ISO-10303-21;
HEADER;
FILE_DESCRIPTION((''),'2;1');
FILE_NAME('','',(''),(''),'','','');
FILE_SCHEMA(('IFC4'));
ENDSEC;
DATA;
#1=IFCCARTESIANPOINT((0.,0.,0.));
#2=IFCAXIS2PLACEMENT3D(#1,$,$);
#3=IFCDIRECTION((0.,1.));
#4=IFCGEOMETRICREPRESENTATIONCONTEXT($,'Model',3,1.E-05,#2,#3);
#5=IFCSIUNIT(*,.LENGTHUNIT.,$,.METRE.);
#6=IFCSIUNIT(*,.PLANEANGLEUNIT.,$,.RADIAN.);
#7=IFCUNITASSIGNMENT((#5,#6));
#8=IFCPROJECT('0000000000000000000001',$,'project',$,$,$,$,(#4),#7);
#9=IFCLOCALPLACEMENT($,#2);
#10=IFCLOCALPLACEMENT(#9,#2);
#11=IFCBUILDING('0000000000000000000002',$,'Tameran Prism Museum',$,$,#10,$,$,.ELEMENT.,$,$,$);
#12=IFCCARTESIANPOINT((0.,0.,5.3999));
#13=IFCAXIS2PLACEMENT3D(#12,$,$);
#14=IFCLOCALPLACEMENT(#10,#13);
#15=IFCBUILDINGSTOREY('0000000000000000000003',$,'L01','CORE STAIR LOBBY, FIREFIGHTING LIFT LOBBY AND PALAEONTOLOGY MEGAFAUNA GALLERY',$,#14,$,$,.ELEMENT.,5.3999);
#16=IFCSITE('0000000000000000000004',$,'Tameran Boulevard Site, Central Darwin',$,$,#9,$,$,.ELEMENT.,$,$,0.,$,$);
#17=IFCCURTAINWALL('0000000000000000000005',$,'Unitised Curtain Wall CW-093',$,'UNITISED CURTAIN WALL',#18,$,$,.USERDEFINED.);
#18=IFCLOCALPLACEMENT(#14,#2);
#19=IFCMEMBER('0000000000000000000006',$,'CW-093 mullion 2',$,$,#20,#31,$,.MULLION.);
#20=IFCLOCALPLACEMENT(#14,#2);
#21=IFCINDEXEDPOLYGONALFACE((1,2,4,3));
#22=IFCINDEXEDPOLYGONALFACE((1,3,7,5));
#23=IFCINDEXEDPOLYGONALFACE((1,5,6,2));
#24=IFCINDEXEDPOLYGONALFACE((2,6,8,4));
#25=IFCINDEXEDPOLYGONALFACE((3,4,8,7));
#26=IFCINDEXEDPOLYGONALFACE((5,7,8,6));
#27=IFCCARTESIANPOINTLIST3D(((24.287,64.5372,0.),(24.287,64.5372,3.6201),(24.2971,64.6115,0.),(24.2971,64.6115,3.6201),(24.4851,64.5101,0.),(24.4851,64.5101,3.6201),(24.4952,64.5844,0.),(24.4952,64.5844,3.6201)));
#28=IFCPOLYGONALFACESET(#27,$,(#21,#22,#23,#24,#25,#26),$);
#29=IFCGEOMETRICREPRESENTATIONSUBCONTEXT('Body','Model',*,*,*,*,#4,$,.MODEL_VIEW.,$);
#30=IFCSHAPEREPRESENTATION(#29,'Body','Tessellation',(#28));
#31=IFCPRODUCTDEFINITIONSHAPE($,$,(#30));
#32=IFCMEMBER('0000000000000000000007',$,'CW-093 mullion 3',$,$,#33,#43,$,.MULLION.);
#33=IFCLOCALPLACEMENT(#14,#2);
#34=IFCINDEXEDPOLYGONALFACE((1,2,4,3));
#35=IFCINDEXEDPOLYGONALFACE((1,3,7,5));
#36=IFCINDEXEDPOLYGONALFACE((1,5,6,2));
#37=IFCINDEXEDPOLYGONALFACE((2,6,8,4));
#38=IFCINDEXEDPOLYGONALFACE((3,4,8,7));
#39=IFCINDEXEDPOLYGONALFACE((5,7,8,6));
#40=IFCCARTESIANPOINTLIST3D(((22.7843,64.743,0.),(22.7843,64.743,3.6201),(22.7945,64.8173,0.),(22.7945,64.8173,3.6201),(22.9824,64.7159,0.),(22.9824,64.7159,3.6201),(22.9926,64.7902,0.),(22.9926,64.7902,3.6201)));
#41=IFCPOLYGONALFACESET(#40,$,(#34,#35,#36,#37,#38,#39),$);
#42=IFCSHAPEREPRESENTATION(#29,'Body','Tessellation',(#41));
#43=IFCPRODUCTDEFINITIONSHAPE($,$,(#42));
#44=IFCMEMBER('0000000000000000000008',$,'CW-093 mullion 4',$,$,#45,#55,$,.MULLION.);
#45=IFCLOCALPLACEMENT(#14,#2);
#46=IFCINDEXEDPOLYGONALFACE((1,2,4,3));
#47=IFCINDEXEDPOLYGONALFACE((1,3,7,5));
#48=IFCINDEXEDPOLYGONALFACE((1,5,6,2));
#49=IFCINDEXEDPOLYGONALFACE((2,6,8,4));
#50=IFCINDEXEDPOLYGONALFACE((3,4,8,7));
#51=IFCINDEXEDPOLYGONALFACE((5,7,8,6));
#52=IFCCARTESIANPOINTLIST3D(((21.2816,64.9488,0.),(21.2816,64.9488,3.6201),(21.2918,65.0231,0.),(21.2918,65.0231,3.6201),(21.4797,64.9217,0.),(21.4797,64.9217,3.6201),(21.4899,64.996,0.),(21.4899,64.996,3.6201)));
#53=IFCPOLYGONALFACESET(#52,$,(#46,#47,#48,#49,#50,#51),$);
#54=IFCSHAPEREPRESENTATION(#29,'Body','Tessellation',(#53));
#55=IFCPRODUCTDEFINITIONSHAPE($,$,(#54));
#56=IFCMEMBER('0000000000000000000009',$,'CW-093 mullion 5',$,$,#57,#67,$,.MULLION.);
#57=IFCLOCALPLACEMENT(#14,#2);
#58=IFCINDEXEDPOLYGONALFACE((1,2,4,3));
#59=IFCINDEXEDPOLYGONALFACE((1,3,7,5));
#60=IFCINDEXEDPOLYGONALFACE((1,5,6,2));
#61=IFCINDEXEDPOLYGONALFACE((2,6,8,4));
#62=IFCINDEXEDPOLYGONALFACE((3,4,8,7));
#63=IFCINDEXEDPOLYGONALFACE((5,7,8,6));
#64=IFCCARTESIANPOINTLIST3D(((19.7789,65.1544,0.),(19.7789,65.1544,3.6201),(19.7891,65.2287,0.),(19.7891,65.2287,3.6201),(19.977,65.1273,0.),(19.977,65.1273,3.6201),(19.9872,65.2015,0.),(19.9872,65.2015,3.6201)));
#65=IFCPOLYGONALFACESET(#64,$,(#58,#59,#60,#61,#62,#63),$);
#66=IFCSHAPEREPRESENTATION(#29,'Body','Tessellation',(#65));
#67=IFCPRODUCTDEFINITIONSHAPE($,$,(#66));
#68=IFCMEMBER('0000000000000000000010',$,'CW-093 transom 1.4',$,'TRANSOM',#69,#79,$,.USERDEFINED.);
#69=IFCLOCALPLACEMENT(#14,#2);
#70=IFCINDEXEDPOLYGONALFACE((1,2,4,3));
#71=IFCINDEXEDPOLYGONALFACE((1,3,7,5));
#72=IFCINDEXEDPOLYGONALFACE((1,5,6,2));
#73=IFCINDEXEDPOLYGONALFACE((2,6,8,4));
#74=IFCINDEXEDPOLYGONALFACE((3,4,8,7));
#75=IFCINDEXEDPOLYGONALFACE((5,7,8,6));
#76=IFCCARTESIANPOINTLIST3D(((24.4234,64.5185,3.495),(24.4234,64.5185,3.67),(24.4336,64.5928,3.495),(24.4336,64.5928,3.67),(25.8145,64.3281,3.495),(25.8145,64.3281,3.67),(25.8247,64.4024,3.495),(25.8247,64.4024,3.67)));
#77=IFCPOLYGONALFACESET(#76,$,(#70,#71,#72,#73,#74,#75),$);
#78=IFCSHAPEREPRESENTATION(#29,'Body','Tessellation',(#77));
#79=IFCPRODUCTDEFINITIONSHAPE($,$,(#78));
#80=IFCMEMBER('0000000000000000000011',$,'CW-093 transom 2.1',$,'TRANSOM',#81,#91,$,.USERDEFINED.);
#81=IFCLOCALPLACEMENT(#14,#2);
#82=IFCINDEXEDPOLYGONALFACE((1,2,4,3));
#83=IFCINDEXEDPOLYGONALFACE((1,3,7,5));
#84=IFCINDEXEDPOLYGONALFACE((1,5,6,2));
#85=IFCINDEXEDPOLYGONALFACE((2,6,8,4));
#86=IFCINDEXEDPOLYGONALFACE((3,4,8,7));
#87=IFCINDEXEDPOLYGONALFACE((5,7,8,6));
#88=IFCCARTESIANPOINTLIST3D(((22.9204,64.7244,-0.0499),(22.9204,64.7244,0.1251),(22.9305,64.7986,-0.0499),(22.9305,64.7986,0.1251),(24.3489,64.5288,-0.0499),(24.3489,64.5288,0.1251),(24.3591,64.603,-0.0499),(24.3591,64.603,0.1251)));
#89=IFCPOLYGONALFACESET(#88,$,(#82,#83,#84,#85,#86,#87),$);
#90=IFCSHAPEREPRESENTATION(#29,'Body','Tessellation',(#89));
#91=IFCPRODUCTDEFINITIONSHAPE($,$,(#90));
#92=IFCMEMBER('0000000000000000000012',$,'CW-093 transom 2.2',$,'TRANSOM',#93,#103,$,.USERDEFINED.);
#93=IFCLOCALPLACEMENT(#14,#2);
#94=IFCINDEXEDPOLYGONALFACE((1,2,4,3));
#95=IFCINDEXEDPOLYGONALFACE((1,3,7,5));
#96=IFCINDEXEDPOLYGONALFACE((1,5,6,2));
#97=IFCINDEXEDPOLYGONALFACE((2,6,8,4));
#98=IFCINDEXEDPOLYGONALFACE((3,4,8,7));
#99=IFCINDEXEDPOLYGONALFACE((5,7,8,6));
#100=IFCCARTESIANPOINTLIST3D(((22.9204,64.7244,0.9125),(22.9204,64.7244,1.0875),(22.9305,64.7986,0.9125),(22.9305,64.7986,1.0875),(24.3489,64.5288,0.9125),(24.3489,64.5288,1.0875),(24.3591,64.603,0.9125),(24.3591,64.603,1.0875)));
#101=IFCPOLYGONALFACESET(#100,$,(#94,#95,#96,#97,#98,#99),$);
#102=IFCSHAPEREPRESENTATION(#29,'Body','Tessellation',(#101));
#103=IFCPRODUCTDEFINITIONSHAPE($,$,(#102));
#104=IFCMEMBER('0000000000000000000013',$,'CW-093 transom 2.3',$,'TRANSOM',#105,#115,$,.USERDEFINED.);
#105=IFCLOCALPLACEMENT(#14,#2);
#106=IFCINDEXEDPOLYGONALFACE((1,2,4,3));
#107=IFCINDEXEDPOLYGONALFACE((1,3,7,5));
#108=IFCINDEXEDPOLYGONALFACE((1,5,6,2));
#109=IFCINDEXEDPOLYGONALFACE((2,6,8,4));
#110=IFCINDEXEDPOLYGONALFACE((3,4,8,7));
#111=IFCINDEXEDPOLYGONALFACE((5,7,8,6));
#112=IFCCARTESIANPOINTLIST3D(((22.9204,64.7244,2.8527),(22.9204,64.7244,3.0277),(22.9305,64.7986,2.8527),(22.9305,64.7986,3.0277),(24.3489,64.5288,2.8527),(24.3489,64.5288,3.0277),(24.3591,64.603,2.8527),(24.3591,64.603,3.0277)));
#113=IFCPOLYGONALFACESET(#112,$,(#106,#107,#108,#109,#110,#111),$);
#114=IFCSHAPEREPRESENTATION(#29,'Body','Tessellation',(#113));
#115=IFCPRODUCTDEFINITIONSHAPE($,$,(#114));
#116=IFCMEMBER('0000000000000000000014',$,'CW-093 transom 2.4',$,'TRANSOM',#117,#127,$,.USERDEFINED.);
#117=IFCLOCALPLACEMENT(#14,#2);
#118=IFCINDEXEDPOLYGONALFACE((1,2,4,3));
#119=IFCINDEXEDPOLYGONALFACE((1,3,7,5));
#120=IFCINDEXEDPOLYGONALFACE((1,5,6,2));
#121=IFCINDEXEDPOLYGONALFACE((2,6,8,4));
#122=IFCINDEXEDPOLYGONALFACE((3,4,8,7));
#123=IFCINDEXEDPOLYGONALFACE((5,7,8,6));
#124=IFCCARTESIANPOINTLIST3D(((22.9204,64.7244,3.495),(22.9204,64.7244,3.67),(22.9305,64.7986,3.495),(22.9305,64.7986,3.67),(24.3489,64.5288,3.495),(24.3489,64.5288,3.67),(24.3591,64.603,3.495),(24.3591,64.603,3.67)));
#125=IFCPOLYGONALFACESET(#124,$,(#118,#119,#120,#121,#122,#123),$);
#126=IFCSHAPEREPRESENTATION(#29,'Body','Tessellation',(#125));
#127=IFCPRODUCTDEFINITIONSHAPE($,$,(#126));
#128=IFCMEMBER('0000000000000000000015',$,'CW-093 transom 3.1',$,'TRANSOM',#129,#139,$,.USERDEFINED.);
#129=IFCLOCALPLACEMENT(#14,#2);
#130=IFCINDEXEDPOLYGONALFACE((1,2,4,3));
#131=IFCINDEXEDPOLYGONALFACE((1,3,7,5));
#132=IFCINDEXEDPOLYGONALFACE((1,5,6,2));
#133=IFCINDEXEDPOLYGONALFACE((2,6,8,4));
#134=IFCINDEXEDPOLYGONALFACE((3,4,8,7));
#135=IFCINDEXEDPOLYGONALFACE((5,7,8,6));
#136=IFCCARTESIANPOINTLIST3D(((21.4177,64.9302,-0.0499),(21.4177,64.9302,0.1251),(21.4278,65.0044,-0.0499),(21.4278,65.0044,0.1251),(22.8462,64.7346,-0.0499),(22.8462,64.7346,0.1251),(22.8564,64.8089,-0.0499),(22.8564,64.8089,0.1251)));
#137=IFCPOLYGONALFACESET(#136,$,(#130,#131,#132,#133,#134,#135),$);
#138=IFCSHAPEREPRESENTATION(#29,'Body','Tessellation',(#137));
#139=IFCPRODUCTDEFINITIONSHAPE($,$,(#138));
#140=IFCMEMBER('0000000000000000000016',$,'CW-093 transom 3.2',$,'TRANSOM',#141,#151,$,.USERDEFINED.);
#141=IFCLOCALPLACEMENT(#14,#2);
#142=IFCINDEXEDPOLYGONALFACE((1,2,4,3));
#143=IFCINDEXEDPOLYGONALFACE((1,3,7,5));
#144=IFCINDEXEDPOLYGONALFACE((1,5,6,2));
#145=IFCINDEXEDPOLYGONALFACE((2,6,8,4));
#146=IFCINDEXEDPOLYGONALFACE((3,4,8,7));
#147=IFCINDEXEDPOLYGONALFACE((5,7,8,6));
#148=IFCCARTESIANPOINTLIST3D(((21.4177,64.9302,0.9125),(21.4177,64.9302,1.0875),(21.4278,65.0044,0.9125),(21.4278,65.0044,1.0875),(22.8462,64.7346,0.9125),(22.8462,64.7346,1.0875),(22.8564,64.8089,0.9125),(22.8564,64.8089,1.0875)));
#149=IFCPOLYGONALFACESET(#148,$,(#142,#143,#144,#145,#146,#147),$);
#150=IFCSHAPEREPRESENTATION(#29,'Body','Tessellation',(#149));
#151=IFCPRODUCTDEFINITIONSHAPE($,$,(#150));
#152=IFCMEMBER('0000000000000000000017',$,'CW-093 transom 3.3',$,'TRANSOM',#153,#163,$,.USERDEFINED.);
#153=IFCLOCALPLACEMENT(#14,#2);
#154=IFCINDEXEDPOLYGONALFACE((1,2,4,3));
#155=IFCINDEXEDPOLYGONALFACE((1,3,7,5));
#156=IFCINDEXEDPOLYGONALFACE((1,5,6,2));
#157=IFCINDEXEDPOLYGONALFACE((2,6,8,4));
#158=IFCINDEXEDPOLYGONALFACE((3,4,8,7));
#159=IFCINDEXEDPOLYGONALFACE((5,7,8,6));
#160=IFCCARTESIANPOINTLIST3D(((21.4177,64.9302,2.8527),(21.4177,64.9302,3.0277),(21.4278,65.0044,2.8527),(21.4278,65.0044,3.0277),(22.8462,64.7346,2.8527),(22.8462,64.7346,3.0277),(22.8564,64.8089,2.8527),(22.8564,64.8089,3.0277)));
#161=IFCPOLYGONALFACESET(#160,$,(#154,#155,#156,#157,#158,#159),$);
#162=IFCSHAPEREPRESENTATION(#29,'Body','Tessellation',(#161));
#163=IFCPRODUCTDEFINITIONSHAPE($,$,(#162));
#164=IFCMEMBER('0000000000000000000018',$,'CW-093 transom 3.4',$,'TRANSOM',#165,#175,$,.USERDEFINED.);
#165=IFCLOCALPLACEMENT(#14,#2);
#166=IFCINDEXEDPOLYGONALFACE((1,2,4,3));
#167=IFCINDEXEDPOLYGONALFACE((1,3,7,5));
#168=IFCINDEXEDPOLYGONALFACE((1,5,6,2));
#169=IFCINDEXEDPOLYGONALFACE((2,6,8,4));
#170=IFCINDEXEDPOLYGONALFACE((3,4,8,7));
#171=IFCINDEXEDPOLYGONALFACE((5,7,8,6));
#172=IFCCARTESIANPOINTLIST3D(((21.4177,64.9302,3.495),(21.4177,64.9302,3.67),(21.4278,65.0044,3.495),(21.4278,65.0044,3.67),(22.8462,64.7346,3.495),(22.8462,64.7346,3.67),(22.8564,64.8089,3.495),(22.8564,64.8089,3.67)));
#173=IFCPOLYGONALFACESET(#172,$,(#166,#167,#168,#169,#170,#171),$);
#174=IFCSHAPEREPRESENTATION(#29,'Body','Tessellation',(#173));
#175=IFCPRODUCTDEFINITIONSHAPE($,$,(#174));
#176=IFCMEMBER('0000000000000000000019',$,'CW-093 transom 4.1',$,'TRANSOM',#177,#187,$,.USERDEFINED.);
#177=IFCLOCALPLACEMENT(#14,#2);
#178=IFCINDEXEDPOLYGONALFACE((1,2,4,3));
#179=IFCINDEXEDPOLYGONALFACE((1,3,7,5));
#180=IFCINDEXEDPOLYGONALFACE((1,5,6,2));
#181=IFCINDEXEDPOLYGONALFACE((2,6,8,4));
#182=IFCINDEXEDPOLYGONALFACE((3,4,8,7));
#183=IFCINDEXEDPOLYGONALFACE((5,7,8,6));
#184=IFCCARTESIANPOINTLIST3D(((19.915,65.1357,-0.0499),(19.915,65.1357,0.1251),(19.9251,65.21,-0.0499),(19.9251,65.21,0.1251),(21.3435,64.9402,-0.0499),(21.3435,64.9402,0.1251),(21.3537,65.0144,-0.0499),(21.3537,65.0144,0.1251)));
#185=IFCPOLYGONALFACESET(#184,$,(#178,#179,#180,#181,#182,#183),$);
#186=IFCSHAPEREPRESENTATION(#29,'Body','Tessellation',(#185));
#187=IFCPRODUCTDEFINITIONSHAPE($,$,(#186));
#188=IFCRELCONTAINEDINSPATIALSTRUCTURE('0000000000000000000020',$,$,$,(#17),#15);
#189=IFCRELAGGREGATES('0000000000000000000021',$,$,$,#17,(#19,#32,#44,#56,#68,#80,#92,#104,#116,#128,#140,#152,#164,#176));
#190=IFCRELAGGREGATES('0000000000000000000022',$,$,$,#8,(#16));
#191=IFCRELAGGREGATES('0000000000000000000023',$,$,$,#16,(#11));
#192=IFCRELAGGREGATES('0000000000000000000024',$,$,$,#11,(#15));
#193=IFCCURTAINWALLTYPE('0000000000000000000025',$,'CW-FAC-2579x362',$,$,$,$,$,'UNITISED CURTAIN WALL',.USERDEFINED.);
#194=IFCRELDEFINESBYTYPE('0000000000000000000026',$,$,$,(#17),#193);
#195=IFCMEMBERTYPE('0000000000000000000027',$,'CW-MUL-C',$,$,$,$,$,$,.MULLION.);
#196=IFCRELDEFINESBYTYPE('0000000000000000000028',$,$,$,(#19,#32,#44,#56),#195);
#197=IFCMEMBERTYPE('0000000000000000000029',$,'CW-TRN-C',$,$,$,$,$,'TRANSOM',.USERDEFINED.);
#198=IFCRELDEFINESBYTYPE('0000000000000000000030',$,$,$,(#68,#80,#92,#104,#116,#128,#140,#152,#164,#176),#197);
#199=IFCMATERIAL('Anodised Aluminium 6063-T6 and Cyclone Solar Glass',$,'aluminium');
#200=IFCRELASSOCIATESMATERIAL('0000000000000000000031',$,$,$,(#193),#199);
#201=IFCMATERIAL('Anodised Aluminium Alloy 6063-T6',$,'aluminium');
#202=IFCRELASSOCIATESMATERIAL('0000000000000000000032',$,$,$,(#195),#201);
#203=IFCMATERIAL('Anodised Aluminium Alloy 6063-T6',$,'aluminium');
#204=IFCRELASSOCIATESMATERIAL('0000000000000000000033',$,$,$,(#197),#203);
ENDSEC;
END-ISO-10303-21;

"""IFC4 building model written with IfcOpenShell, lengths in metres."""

from ifc_helpers import new_model, si_unit, direction, frame, origin, origin_2d, place, context, subcontext, project, spatial, rectangle, extrude, material, material_profile, profile_set, type_object, element, aggregate, save


model = new_model("IFC4")

# Units and contexts
model_context = context("Model", 3, precision=1e-05, world=origin(), true_north=direction((0.0, 1.0)))
body_context = subcontext(model_context, "Body", "Model", "MODEL_VIEW")
ifc_project = project(units=[si_unit("LENGTHUNIT", "METRE"), si_unit("PLANEANGLEUNIT", "RADIAN")], contexts=[model_context])

# Site, building, storey
site_placement = place(None, origin())
site = spatial("IfcSite", under=ifc_project, at=site_placement, Name="Tameran Boulevard Site, Central Darwin", CompositionType="ELEMENT", RefElevation=0.0)
building_placement = place(site_placement, origin())
building = spatial("IfcBuilding", under=site, at=building_placement, Name="Tameran Prism Museum", CompositionType="ELEMENT")
storey_placement = place(building_placement, frame((0.0, 0.0, 5.3999)))
storey = spatial("IfcBuildingStorey", under=building, at=storey_placement, Name="L01", Description="CORE STAIR LOBBY, FIREFIGHTING LIFT LOBBY AND PALAEONTOLOGY MEGAFAUNA GALLERY", CompositionType="ELEMENT", Elevation=5.3999)

# Curtain wall, members
ifc_material_1 = material(Name="Anodised Aluminium 6063-T6 and Cyclone Solar Glass", Category="aluminium")
curtain_wall_type = type_object("IfcCurtainWallType", Name="CW-FAC-2579x362", ElementType="UNITISED CURTAIN WALL", PredefinedType="USERDEFINED", material=ifc_material_1)
curtain_wall_placement = place(storey_placement, origin())
curtain_wall = element("IfcCurtainWall", 1, at=curtain_wall_placement, inside=storey, type_object=curtain_wall_type, Name="Unitised Curtain Wall CW-093", ObjectType="UNITISED CURTAIN WALL", PredefinedType="USERDEFINED")
ifc_material_2 = material(Name="Anodised Aluminium Alloy 6063-T6", Category="aluminium")
ifc_material_profile_1 = material_profile(ifc_material_2, rectangle(XDim=0.075, YDim=0.2, at=origin_2d()))
ifc_profile_set_1 = profile_set([ifc_material_profile_1])
member_type_1 = type_object("IfcMemberType", Name="CW-MUL-C", PredefinedType="MULLION", material=ifc_profile_set_1)
member_1_placement = place(storey_placement, frame((24.3911, 64.5608, 0.0), z_axis=(0.0, 0.0, 1.0), x_axis=(-0.135658, -0.990756, 0.0)))
member_1 = element("IfcMember", 2, at=member_1_placement, type_object=member_type_1, Name="CW-093 mullion 2", PredefinedType="MULLION", context=body_context, shape_type="SweptSolid", body=[
    extrude(rectangle(XDim=0.075, YDim=0.2, at=origin_2d()), origin(), (0.0, 0.0, 1.0), 3.6201),
])
member_2_placement = place(storey_placement, frame((22.8884, 64.7666, 0.0), z_axis=(0.0, 0.0, 1.0), x_axis=(-0.135658, -0.990756, 0.0)))
member_2 = element("IfcMember", 3, at=member_2_placement, type_object=member_type_1, Name="CW-093 mullion 3", PredefinedType="MULLION", context=body_context, shape_type="SweptSolid", body=[
    extrude(rectangle(XDim=0.075, YDim=0.2, at=origin_2d()), origin(), (0.0, 0.0, 1.0), 3.6201),
])
member_3_placement = place(storey_placement, frame((21.3857, 64.9724, 0.0), z_axis=(0.0, 0.0, 1.0), x_axis=(-0.135658, -0.990756, 0.0)))
member_3 = element("IfcMember", 4, at=member_3_placement, type_object=member_type_1, Name="CW-093 mullion 4", PredefinedType="MULLION", context=body_context, shape_type="SweptSolid", body=[
    extrude(rectangle(XDim=0.075, YDim=0.2, at=origin_2d()), origin(), (0.0, 0.0, 1.0), 3.6201),
])
member_4_placement = place(storey_placement, frame((19.8831, 65.178, 0.0), z_axis=(0.0, 0.0, 1.0), x_axis=(-0.135658, -0.990756, 0.0)))
member_4 = element("IfcMember", 5, at=member_4_placement, type_object=member_type_1, Name="CW-093 mullion 5", PredefinedType="MULLION", context=body_context, shape_type="SweptSolid", body=[
    extrude(rectangle(XDim=0.075, YDim=0.2, at=origin_2d()), origin(), (0.0, 0.0, 1.0), 3.6201),
])
ifc_material_3 = material(Name="Anodised Aluminium Alloy 6063-T6", Category="aluminium")
ifc_material_profile_2 = material_profile(ifc_material_3, rectangle(XDim=0.075, YDim=0.175, at=origin_2d()))
ifc_profile_set_2 = profile_set([ifc_material_profile_2])
member_type_2 = type_object("IfcMemberType", Name="CW-TRN-C", ElementType="TRANSOM", PredefinedType="USERDEFINED", material=ifc_profile_set_2)
member_5_placement = place(storey_placement, frame((25.8196, 64.3652, 3.5825), z_axis=(-0.99076, 0.135625, 0.0), x_axis=(-0.135625, -0.99076, 0.0)))
member_5 = element("IfcMember", 6, at=member_5_placement, type_object=member_type_2, Name="CW-093 transom 1.4", ObjectType="TRANSOM", PredefinedType="USERDEFINED", context=body_context, shape_type="SweptSolid", body=[
    extrude(rectangle(XDim=0.075, YDim=0.175, at=origin_2d()), origin(), (0.0, 0.0, 1.0), 1.4041),
])
member_6_placement = place(storey_placement, frame((24.354, 64.5659, 0.0376), z_axis=(-0.990759, 0.135635, 0.0), x_axis=(-0.135635, -0.990759, 0.0)))
member_6 = element("IfcMember", 7, at=member_6_placement, type_object=member_type_2, Name="CW-093 transom 2.1", ObjectType="TRANSOM", PredefinedType="USERDEFINED", context=body_context, shape_type="SweptSolid", body=[
    extrude(rectangle(XDim=0.075, YDim=0.175, at=origin_2d()), origin(), (0.0, 0.0, 1.0), 1.4419),
])
member_7_placement = place(storey_placement, frame((24.354, 64.5659, 1.0), z_axis=(-0.990759, 0.135635, 0.0), x_axis=(-0.135635, -0.990759, 0.0)))
member_7 = element("IfcMember", 8, at=member_7_placement, type_object=member_type_2, Name="CW-093 transom 2.2", ObjectType="TRANSOM", PredefinedType="USERDEFINED", context=body_context, shape_type="SweptSolid", body=[
    extrude(rectangle(XDim=0.075, YDim=0.175, at=origin_2d()), origin(), (0.0, 0.0, 1.0), 1.4419),
])
member_8_placement = place(storey_placement, frame((24.354, 64.5659, 2.9402), z_axis=(-0.990759, 0.135635, 0.0), x_axis=(-0.135635, -0.990759, 0.0)))
member_8 = element("IfcMember", 9, at=member_8_placement, type_object=member_type_2, Name="CW-093 transom 2.3", ObjectType="TRANSOM", PredefinedType="USERDEFINED", context=body_context, shape_type="SweptSolid", body=[
    extrude(rectangle(XDim=0.075, YDim=0.175, at=origin_2d()), origin(), (0.0, 0.0, 1.0), 1.4419),
])
member_9_placement = place(storey_placement, frame((24.354, 64.5659, 3.5825), z_axis=(-0.990759, 0.135635, 0.0), x_axis=(-0.135635, -0.990759, 0.0)))
member_9 = element("IfcMember", 10, at=member_9_placement, type_object=member_type_2, Name="CW-093 transom 2.4", ObjectType="TRANSOM", PredefinedType="USERDEFINED", context=body_context, shape_type="SweptSolid", body=[
    extrude(rectangle(XDim=0.075, YDim=0.175, at=origin_2d()), origin(), (0.0, 0.0, 1.0), 1.4419),
])
member_10_placement = place(storey_placement, frame((22.8513, 64.7717, 0.0376), z_axis=(-0.990759, 0.135635, 0.0), x_axis=(-0.135635, -0.990759, 0.0)))
member_10 = element("IfcMember", 11, at=member_10_placement, type_object=member_type_2, Name="CW-093 transom 3.1", ObjectType="TRANSOM", PredefinedType="USERDEFINED", context=body_context, shape_type="SweptSolid", body=[
    extrude(rectangle(XDim=0.075, YDim=0.175, at=origin_2d()), origin(), (0.0, 0.0, 1.0), 1.4419),
])
member_11_placement = place(storey_placement, frame((22.8513, 64.7717, 1.0), z_axis=(-0.990759, 0.135635, 0.0), x_axis=(-0.135635, -0.990759, 0.0)))
member_11 = element("IfcMember", 12, at=member_11_placement, type_object=member_type_2, Name="CW-093 transom 3.2", ObjectType="TRANSOM", PredefinedType="USERDEFINED", context=body_context, shape_type="SweptSolid", body=[
    extrude(rectangle(XDim=0.075, YDim=0.175, at=origin_2d()), origin(), (0.0, 0.0, 1.0), 1.4419),
])
member_12_placement = place(storey_placement, frame((22.8513, 64.7717, 2.9402), z_axis=(-0.990759, 0.135635, 0.0), x_axis=(-0.135635, -0.990759, 0.0)))
member_12 = element("IfcMember", 13, at=member_12_placement, type_object=member_type_2, Name="CW-093 transom 3.3", ObjectType="TRANSOM", PredefinedType="USERDEFINED", context=body_context, shape_type="SweptSolid", body=[
    extrude(rectangle(XDim=0.075, YDim=0.175, at=origin_2d()), origin(), (0.0, 0.0, 1.0), 1.4419),
])
member_13_placement = place(storey_placement, frame((22.8513, 64.7717, 3.5825), z_axis=(-0.990759, 0.135635, 0.0), x_axis=(-0.135635, -0.990759, 0.0)))
member_13 = element("IfcMember", 14, at=member_13_placement, type_object=member_type_2, Name="CW-093 transom 3.4", ObjectType="TRANSOM", PredefinedType="USERDEFINED", context=body_context, shape_type="SweptSolid", body=[
    extrude(rectangle(XDim=0.075, YDim=0.175, at=origin_2d()), origin(), (0.0, 0.0, 1.0), 1.4419),
])
member_14_placement = place(storey_placement, frame((21.3486, 64.9773, 0.0376), z_axis=(-0.990759, 0.135635, 0.0), x_axis=(-0.135635, -0.990759, 0.0)))
member_14 = element("IfcMember", 15, at=member_14_placement, type_object=member_type_2, Name="CW-093 transom 4.1", ObjectType="TRANSOM", PredefinedType="USERDEFINED", context=body_context, shape_type="SweptSolid", body=[
    extrude(rectangle(XDim=0.075, YDim=0.175, at=origin_2d()), origin(), (0.0, 0.0, 1.0), 1.4419),
])
aggregate(curtain_wall, [member_1, member_2, member_3, member_4, member_5, member_6, member_7, member_8, member_9, member_10, member_11, member_12, member_13, member_14])

save(model, "model.ifc")
